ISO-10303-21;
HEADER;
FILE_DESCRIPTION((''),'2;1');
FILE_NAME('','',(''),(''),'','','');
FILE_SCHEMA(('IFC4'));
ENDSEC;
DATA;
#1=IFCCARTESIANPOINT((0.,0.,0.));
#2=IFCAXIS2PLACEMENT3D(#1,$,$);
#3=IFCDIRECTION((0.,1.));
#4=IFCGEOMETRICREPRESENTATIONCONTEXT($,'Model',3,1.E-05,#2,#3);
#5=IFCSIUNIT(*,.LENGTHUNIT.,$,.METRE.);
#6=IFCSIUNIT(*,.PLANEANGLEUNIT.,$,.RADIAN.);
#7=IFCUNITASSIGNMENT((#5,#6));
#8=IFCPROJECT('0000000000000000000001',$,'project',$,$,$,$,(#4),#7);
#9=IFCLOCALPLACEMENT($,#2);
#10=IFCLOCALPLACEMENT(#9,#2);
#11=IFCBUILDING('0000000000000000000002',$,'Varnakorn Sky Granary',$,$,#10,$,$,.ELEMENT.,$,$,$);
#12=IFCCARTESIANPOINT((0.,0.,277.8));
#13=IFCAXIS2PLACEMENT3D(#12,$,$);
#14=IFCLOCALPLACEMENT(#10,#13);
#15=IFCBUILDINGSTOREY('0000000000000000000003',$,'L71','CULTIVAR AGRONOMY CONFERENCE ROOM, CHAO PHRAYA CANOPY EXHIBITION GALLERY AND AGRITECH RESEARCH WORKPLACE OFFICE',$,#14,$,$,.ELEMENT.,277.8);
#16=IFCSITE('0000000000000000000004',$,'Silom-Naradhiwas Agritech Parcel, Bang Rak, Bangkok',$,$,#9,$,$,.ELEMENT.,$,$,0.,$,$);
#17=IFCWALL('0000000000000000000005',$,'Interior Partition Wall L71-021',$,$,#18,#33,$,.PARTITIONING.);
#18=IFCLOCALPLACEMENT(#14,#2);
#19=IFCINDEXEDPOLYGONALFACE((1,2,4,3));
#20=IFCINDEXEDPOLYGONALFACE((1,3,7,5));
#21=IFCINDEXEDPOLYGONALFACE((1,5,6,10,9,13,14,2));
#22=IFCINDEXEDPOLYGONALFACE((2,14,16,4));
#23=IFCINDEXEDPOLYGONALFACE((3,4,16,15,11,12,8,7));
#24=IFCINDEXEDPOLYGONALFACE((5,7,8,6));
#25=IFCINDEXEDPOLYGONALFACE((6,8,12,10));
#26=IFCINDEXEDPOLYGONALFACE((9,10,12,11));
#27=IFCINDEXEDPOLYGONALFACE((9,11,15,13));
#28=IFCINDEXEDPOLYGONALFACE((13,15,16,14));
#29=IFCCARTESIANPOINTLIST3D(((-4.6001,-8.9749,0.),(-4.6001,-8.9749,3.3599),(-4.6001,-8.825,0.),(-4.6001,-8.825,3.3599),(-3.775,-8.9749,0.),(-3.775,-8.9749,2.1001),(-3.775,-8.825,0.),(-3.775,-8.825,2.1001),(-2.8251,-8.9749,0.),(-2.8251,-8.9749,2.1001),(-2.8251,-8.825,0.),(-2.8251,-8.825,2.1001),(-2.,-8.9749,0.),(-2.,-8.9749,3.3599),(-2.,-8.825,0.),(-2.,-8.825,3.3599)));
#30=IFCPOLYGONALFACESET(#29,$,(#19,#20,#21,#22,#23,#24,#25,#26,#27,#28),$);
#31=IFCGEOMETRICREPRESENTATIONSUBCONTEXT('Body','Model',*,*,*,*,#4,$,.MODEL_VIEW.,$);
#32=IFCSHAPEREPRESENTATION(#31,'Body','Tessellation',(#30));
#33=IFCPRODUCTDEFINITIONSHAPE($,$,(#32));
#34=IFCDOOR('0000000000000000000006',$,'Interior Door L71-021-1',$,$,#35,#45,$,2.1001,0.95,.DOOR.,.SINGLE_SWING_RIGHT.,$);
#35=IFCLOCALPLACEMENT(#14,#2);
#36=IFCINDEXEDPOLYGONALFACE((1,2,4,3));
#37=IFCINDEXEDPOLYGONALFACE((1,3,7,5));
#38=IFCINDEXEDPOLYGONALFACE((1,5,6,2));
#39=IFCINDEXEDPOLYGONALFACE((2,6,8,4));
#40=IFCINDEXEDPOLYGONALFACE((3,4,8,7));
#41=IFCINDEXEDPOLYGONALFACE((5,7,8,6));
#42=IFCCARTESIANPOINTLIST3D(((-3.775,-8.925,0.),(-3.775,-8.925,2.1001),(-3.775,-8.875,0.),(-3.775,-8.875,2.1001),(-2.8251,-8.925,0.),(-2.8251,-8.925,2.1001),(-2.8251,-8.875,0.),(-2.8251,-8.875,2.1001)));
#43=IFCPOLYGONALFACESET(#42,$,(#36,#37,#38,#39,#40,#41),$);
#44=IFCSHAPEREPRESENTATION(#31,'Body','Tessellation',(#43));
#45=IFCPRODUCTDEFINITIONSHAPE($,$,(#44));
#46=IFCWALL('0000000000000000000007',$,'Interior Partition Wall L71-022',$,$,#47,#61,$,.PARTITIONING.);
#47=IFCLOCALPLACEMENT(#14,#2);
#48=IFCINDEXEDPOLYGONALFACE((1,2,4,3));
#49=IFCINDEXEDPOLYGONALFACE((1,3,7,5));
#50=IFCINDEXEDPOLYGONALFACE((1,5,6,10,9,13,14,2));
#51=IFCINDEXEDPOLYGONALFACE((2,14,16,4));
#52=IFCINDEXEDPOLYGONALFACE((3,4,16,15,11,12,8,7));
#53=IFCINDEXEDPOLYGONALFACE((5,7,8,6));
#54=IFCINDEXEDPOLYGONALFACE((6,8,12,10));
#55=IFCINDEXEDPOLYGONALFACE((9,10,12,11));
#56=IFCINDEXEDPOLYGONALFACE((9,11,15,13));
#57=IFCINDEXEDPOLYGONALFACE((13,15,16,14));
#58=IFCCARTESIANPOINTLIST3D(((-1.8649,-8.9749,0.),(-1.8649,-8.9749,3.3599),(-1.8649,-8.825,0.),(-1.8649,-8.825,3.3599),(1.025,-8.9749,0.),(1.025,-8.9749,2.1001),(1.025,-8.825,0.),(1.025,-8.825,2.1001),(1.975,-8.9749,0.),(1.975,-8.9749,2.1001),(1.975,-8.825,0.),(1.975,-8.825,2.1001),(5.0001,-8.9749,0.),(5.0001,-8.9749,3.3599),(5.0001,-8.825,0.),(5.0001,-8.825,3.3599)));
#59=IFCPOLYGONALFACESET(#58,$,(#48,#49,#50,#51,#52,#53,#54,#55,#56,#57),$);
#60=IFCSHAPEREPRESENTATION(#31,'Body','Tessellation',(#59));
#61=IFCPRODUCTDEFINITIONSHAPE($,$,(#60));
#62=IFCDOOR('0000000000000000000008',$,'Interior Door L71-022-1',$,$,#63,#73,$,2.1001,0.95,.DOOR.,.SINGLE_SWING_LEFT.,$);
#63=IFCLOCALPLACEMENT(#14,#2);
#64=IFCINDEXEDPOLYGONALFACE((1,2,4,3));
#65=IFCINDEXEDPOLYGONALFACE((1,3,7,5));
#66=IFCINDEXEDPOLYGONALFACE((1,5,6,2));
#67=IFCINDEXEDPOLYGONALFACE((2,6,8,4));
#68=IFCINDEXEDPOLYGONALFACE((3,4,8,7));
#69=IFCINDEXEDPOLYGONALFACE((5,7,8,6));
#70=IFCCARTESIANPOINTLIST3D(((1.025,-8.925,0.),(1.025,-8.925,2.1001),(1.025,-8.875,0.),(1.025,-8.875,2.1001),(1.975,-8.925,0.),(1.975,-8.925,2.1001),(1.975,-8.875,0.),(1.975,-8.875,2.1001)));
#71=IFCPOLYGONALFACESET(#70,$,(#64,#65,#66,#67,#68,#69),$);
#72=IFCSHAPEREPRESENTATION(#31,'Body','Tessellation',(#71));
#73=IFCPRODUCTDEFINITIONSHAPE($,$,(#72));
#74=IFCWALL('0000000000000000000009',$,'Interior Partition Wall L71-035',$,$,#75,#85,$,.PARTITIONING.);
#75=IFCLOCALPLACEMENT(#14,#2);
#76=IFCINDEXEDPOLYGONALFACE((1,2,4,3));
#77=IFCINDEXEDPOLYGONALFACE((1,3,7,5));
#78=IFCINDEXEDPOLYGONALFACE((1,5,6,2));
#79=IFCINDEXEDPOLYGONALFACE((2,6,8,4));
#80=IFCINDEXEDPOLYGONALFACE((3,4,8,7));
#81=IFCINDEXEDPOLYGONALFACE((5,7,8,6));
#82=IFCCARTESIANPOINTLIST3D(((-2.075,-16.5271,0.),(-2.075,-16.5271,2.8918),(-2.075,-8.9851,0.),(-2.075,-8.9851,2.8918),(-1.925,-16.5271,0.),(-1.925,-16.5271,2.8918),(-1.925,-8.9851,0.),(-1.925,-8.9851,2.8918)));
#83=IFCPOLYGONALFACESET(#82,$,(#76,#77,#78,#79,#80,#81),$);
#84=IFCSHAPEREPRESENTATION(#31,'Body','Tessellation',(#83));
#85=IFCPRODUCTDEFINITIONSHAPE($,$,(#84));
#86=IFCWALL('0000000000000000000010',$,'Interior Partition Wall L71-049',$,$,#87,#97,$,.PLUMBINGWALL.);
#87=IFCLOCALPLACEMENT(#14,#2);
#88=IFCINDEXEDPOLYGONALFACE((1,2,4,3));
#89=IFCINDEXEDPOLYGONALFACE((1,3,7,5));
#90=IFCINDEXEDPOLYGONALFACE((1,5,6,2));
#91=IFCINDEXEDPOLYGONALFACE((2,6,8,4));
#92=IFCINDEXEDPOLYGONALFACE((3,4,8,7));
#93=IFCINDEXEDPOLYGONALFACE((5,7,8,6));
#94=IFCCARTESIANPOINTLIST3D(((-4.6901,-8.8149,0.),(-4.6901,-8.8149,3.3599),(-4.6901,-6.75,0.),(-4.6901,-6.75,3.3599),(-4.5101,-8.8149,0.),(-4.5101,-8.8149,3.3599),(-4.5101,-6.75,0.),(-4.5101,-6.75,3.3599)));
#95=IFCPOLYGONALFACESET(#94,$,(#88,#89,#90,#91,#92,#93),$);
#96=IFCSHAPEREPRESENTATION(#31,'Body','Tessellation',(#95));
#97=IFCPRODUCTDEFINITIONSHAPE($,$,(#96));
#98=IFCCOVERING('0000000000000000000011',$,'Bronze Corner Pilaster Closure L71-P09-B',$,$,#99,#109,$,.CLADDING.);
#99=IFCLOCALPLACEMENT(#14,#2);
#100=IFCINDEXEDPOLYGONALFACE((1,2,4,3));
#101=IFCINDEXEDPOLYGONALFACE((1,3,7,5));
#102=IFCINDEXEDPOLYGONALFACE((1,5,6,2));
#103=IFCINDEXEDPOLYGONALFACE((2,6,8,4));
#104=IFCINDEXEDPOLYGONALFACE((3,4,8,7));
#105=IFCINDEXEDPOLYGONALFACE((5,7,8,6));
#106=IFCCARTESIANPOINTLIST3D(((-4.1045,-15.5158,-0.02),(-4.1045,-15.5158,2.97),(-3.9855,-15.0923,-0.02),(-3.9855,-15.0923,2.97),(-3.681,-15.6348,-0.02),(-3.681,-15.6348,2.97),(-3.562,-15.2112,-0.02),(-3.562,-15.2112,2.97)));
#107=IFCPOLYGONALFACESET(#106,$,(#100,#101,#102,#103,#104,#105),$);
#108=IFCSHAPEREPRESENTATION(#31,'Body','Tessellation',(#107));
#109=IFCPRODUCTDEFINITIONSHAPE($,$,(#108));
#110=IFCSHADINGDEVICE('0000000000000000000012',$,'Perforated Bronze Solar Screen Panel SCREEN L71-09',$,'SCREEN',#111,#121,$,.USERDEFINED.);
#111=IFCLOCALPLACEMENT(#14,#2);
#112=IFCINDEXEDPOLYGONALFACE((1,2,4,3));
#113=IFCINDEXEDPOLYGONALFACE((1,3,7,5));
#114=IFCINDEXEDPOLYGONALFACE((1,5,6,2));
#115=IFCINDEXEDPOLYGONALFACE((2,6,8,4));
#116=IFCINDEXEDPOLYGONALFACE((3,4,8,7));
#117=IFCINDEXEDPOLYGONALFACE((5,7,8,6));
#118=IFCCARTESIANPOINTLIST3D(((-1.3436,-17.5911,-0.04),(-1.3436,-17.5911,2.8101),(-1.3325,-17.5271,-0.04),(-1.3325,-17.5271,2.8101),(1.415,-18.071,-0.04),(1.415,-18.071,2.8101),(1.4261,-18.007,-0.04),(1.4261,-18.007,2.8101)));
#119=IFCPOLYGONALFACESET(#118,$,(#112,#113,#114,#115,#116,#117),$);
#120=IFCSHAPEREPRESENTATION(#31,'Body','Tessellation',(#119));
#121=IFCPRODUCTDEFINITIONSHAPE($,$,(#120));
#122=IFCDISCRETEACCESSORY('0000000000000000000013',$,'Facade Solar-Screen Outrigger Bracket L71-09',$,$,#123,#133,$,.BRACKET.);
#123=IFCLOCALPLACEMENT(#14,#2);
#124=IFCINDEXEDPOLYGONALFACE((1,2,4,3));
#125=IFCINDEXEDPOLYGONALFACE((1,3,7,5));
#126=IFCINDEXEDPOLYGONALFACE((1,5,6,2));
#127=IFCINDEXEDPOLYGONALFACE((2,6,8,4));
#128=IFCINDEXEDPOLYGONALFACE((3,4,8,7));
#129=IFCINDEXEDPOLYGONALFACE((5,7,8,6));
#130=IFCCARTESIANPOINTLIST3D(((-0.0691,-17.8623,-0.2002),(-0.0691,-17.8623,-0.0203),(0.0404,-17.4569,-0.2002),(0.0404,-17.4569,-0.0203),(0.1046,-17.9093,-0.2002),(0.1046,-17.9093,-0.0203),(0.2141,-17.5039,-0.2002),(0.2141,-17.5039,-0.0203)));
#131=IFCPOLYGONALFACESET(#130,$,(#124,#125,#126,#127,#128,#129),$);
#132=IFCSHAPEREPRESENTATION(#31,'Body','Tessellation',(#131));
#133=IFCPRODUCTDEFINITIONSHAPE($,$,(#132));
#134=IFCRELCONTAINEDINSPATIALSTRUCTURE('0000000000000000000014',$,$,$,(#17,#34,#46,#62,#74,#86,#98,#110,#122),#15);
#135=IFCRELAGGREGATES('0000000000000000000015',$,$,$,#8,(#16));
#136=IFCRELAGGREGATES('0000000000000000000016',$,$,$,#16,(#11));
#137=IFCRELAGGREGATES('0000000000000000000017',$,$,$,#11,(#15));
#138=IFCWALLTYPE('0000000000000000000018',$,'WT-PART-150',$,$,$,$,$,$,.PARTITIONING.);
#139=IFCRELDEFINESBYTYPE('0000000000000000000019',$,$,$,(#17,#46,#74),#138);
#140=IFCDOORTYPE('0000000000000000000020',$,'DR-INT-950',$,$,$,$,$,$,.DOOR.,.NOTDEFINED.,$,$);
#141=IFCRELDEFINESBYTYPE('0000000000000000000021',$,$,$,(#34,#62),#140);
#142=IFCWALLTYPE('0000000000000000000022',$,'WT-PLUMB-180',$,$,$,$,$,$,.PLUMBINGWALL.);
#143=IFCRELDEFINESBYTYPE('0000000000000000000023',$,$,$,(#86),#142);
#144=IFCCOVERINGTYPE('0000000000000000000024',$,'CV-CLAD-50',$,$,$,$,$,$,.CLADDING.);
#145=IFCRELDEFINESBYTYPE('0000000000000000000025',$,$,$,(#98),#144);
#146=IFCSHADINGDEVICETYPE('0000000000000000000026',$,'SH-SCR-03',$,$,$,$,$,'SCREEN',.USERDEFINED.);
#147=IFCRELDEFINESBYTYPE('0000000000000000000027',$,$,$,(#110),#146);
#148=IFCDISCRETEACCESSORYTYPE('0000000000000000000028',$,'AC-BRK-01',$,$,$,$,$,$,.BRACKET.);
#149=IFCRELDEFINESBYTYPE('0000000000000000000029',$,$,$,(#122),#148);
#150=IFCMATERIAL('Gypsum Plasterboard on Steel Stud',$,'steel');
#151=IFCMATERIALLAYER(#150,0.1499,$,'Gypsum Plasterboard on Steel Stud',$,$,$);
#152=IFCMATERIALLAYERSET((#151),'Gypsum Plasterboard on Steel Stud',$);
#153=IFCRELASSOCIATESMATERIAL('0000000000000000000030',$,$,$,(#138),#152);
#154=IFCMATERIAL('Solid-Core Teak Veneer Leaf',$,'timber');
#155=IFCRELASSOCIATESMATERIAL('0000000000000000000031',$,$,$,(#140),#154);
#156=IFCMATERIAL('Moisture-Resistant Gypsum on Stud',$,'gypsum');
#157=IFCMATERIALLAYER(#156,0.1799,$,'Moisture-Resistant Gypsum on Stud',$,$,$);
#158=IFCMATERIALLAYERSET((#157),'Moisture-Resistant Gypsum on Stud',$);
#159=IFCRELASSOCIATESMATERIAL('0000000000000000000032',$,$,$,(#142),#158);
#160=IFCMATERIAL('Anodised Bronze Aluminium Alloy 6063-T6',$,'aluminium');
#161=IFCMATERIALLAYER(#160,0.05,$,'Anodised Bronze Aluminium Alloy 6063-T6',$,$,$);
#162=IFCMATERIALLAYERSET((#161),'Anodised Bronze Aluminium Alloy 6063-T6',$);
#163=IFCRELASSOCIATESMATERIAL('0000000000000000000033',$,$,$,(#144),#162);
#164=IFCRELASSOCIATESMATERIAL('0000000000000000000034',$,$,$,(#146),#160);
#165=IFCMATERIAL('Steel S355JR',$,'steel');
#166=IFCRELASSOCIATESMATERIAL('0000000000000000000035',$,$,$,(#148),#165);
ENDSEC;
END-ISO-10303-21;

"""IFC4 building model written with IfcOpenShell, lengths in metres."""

from ifc_helpers import new_model, si_unit, direction, frame, frame_2d, origin, origin_2d, place, context, subcontext, project, spatial, rectangle, extrude, source, transform, mapped, material, layer, layer_set, type_object, type_shapes, element, fill, save


model = new_model("IFC4")

# Units and contexts
model_context = context("Model", 3, precision=1e-05, world=origin(), true_north=direction((0.0, 1.0)))
body_context = subcontext(model_context, "Body", "Model", "MODEL_VIEW")
ifc_project = project(units=[si_unit("LENGTHUNIT", "METRE"), si_unit("PLANEANGLEUNIT", "RADIAN")], contexts=[model_context])

# Site, building, storey
site_placement = place(None, origin())
site = spatial("IfcSite", under=ifc_project, at=site_placement, Name="Silom-Naradhiwas Agritech Parcel, Bang Rak, Bangkok", CompositionType="ELEMENT", RefElevation=0.0)
building_placement = place(site_placement, origin())
building = spatial("IfcBuilding", under=site, at=building_placement, Name="Varnakorn Sky Granary", CompositionType="ELEMENT")
storey_placement = place(building_placement, frame((0.0, 0.0, 277.8)))
storey = spatial("IfcBuildingStorey", under=building, at=storey_placement, Name="L71", Description="CULTIVAR AGRONOMY CONFERENCE ROOM, CHAO PHRAYA CANOPY EXHIBITION GALLERY AND AGRITECH RESEARCH WORKPLACE OFFICE", CompositionType="ELEMENT", Elevation=277.8)

# Shared definitions
ifc_material_1 = material(Name="Steel S355JR", Category="steel")

# Shared definitions
ifc_material_2 = material(Name="Anodised Bronze Aluminium Alloy 6063-T6", Category="aluminium")

# Walls, openings, doors
ifc_material_3 = material(Name="Gypsum Plasterboard on Steel Stud", Category="steel")
ifc_layer_1 = layer(ifc_material_3, 0.1499, Name="Gypsum Plasterboard on Steel Stud")
ifc_layer_set_1 = layer_set([ifc_layer_1], Name="Gypsum Plasterboard on Steel Stud")
wall_type_1 = type_object("IfcWallType", Name="WT-PART-150", PredefinedType="PARTITIONING", material=ifc_layer_set_1)
wall_1_placement = place(storey_placement, frame((-4.6001, -8.8999, 0.0), z_axis=(0.0, 0.0, 1.0), x_axis=(1.0, 0.0, 0.0)))
wall_1 = element("IfcWall", 1, at=wall_1_placement, inside=storey, type_object=wall_type_1, Name="Interior Partition Wall L71-021", PredefinedType="PARTITIONING", context=body_context, shape_type="SweptSolid", body=[
    extrude(rectangle(XDim=2.6001, YDim=0.1499, at=frame_2d((1.3, 0.0))), origin(), (0.0, 0.0, 1.0), 3.3599),
])
opening_1_placement = place(wall_1_placement, frame((0.825, 0.0, 0.0)))
opening_1 = element("IfcOpeningElement", 2, at=opening_1_placement, cuts=wall_1, PredefinedType="OPENING", context=body_context, shape_type="SweptSolid", body=[
    extrude(rectangle(XDim=0.95, YDim=2.1001, at=frame_2d((0.4751, 1.05))), frame((0.0, 0.085, 0.0), z_axis=(0.0, -1.0, 0.0), x_axis=(1.0, 0.0, 0.0)), (0.0, 0.0, 1.0), 0.1699),
])
ifc_material_4 = material(Name="Solid-Core Teak Veneer Leaf", Category="timber")
door_type = type_object("IfcDoorType", Name="DR-INT-950", OperationType="NOTDEFINED", PredefinedType="DOOR", material=ifc_material_4)
door_1_placement = place(opening_1_placement, origin())
door_1 = element("IfcDoor", 3, at=door_1_placement, inside=storey, type_object=door_type, Name="Interior Door L71-021-1", OperationType="SINGLE_SWING_RIGHT", OverallHeight=2.1001, OverallWidth=0.95, PredefinedType="DOOR", context=body_context, shape_type="SweptSolid", body=[
    extrude(rectangle(XDim=0.95, YDim=2.1001, at=frame_2d((0.4751, 1.05))), frame((0.0, 0.0249, 0.0), z_axis=(0.0, -1.0, 0.0), x_axis=(1.0, 0.0, 0.0)), (0.0, 0.0, 1.0), 0.05),
])
fill(opening_1, door_1)
wall_2_placement = place(storey_placement, frame((-1.865, -8.8999, 0.0), z_axis=(0.0, 0.0, 1.0), x_axis=(1.0, 0.0, 0.0)))
wall_2 = element("IfcWall", 4, at=wall_2_placement, inside=storey, type_object=wall_type_1, Name="Interior Partition Wall L71-022", PredefinedType="PARTITIONING", context=body_context, shape_type="SweptSolid", body=[
    extrude(rectangle(XDim=6.865, YDim=0.1499, at=frame_2d((3.4326, 0.0))), origin(), (0.0, 0.0, 1.0), 3.3599),
])
opening_2_placement = place(wall_2_placement, frame((2.8899, 0.0, 0.0)))
opening_2 = element("IfcOpeningElement", 5, at=opening_2_placement, cuts=wall_2, PredefinedType="OPENING", context=body_context, shape_type="SweptSolid", body=[
    extrude(rectangle(XDim=0.95, YDim=2.1001, at=frame_2d((0.4751, 1.05))), frame((0.0, 0.085, 0.0), z_axis=(0.0, -1.0, 0.0), x_axis=(1.0, 0.0, 0.0)), (0.0, 0.0, 1.0), 0.1699),
])
door_2_placement = place(opening_2_placement, origin())
door_2 = element("IfcDoor", 6, at=door_2_placement, inside=storey, type_object=door_type, Name="Interior Door L71-022-1", OperationType="SINGLE_SWING_LEFT", OverallHeight=2.1001, OverallWidth=0.95, PredefinedType="DOOR", context=body_context, shape_type="SweptSolid", body=[
    extrude(rectangle(XDim=0.95, YDim=2.1001, at=frame_2d((0.4751, 1.05))), frame((0.0, 0.0249, 0.0), z_axis=(0.0, -1.0, 0.0), x_axis=(1.0, 0.0, 0.0)), (0.0, 0.0, 1.0), 0.05),
])
fill(opening_2, door_2)

# Walls
wall_3_placement = place(storey_placement, frame((-2.0, -8.9851, 0.0), z_axis=(0.0, 0.0, 1.0), x_axis=(0.0, -1.0, 0.0)))
element("IfcWall", 7, at=wall_3_placement, inside=storey, type_object=wall_type_1, Name="Interior Partition Wall L71-035", PredefinedType="PARTITIONING", context=body_context, shape_type="SweptSolid", body=[
    extrude(rectangle(XDim=7.542, YDim=0.1499, at=frame_2d((3.771, 0.0))), origin(), (0.0, 0.0, 1.0), 2.8918),
])
ifc_material_5 = material(Name="Moisture-Resistant Gypsum on Stud", Category="gypsum")
ifc_layer_2 = layer(ifc_material_5, 0.1799, Name="Moisture-Resistant Gypsum on Stud")
ifc_layer_set_2 = layer_set([ifc_layer_2], Name="Moisture-Resistant Gypsum on Stud")
wall_type_2 = type_object("IfcWallType", Name="WT-PLUMB-180", PredefinedType="PLUMBINGWALL", material=ifc_layer_set_2)
wall_4_placement = place(storey_placement, frame((-4.6001, -6.75, 0.0), z_axis=(0.0, 0.0, 1.0), x_axis=(0.0, -1.0, 0.0)))
element("IfcWall", 8, at=wall_4_placement, inside=storey, type_object=wall_type_2, Name="Interior Partition Wall L71-049", PredefinedType="PLUMBINGWALL", context=body_context, shape_type="SweptSolid", body=[
    extrude(rectangle(XDim=2.0649, YDim=0.1799, at=frame_2d((1.0325, 0.0))), origin(), (0.0, 0.0, 1.0), 3.3599),
])

# Covering
ifc_layer_3 = layer(ifc_material_2, 0.05, Name="Anodised Bronze Aluminium Alloy 6063-T6")
ifc_layer_set_3 = layer_set([ifc_layer_3], Name="Anodised Bronze Aluminium Alloy 6063-T6")
covering_type = type_object("IfcCoveringType", Name="CV-CLAD-50", PredefinedType="CLADDING", material=ifc_layer_set_3)
shared_shape_1 = source(origin(), body_context, "Body", "SweptSolid", [
    extrude(rectangle(XDim=0.4399, YDim=0.4399, at=origin_2d()), origin(), (0.0, 0.0, 1.0), 2.99),
])
type_shapes(covering_type, [shared_shape_1])
covering_placement = place(storey_placement, frame((-3.8333, -15.3635, -0.02), z_axis=(0.0, 0.0, 1.0), x_axis=(-0.962739, 0.270432, 0.0)))
element("IfcCovering", 9, at=covering_placement, inside=storey, type_object=covering_type, Name="Bronze Corner Pilaster Closure L71-P09-B", PredefinedType="CLADDING", context=body_context, shape_type="MappedRepresentation", body=[
    mapped(shared_shape_1, transform((0.0, 0.0, 0.0), x_axis=(1.0, 0.0, 0.0), y_axis=(0.0, 1.0, 0.0), z_axis=(0.0, 0.0, 1.0), scale=1.0)),
])

# Shading device
shading_device_type = type_object("IfcShadingDeviceType", Name="SH-SCR-03", ElementType="SCREEN", PredefinedType="USERDEFINED", material=ifc_material_2)
shared_shape_2 = source(origin(), body_context, "Body", "SweptSolid", [
    extrude(rectangle(XDim=2.8, YDim=0.0649, at=origin_2d()), origin(), (0.0, 0.0, 1.0), 2.8501),
])
type_shapes(shading_device_type, [shared_shape_2])
shading_device_placement = place(storey_placement, frame((0.0413, -17.7991, -0.04), z_axis=(0.0, 0.0, 1.0), x_axis=(0.985203, -0.171392, 0.0)))
element("IfcShadingDevice", 10, at=shading_device_placement, inside=storey, type_object=shading_device_type, Name="Perforated Bronze Solar Screen Panel SCREEN L71-09", ObjectType="SCREEN", PredefinedType="USERDEFINED", context=body_context, shape_type="MappedRepresentation", body=[
    mapped(shared_shape_2, transform((0.0, 0.0, 0.0), x_axis=(1.0, 0.0, 0.0), y_axis=(0.0, 1.0, 0.0), z_axis=(0.0, 0.0, 1.0), scale=1.0)),
])

# Discrete accessory
discrete_accessory_type = type_object("IfcDiscreteAccessoryType", Name="AC-BRK-01", PredefinedType="BRACKET", material=ifc_material_1)
shared_shape_3 = source(origin(), body_context, "Body", "SweptSolid", [
    extrude(rectangle(XDim=0.1799, YDim=0.4199, at=origin_2d()), origin(), (0.0, 0.0, 1.0), 0.1799),
])
type_shapes(discrete_accessory_type, [shared_shape_3])
discrete_accessory_placement = place(storey_placement, frame((0.0725, -17.6831, -0.2002), z_axis=(0.0, 0.0, 1.0), x_axis=(0.965387, -0.260821, 0.0)))
element("IfcDiscreteAccessory", 11, at=discrete_accessory_placement, inside=storey, type_object=discrete_accessory_type, Name="Facade Solar-Screen Outrigger Bracket L71-09", PredefinedType="BRACKET", context=body_context, shape_type="MappedRepresentation", body=[
    mapped(shared_shape_3, transform((0.0, 0.0, 0.0), x_axis=(1.0, 0.0, 0.0), y_axis=(0.0, 1.0, 0.0), z_axis=(0.0, 0.0, 1.0), scale=1.0)),
])

save(model, "model.ifc")
